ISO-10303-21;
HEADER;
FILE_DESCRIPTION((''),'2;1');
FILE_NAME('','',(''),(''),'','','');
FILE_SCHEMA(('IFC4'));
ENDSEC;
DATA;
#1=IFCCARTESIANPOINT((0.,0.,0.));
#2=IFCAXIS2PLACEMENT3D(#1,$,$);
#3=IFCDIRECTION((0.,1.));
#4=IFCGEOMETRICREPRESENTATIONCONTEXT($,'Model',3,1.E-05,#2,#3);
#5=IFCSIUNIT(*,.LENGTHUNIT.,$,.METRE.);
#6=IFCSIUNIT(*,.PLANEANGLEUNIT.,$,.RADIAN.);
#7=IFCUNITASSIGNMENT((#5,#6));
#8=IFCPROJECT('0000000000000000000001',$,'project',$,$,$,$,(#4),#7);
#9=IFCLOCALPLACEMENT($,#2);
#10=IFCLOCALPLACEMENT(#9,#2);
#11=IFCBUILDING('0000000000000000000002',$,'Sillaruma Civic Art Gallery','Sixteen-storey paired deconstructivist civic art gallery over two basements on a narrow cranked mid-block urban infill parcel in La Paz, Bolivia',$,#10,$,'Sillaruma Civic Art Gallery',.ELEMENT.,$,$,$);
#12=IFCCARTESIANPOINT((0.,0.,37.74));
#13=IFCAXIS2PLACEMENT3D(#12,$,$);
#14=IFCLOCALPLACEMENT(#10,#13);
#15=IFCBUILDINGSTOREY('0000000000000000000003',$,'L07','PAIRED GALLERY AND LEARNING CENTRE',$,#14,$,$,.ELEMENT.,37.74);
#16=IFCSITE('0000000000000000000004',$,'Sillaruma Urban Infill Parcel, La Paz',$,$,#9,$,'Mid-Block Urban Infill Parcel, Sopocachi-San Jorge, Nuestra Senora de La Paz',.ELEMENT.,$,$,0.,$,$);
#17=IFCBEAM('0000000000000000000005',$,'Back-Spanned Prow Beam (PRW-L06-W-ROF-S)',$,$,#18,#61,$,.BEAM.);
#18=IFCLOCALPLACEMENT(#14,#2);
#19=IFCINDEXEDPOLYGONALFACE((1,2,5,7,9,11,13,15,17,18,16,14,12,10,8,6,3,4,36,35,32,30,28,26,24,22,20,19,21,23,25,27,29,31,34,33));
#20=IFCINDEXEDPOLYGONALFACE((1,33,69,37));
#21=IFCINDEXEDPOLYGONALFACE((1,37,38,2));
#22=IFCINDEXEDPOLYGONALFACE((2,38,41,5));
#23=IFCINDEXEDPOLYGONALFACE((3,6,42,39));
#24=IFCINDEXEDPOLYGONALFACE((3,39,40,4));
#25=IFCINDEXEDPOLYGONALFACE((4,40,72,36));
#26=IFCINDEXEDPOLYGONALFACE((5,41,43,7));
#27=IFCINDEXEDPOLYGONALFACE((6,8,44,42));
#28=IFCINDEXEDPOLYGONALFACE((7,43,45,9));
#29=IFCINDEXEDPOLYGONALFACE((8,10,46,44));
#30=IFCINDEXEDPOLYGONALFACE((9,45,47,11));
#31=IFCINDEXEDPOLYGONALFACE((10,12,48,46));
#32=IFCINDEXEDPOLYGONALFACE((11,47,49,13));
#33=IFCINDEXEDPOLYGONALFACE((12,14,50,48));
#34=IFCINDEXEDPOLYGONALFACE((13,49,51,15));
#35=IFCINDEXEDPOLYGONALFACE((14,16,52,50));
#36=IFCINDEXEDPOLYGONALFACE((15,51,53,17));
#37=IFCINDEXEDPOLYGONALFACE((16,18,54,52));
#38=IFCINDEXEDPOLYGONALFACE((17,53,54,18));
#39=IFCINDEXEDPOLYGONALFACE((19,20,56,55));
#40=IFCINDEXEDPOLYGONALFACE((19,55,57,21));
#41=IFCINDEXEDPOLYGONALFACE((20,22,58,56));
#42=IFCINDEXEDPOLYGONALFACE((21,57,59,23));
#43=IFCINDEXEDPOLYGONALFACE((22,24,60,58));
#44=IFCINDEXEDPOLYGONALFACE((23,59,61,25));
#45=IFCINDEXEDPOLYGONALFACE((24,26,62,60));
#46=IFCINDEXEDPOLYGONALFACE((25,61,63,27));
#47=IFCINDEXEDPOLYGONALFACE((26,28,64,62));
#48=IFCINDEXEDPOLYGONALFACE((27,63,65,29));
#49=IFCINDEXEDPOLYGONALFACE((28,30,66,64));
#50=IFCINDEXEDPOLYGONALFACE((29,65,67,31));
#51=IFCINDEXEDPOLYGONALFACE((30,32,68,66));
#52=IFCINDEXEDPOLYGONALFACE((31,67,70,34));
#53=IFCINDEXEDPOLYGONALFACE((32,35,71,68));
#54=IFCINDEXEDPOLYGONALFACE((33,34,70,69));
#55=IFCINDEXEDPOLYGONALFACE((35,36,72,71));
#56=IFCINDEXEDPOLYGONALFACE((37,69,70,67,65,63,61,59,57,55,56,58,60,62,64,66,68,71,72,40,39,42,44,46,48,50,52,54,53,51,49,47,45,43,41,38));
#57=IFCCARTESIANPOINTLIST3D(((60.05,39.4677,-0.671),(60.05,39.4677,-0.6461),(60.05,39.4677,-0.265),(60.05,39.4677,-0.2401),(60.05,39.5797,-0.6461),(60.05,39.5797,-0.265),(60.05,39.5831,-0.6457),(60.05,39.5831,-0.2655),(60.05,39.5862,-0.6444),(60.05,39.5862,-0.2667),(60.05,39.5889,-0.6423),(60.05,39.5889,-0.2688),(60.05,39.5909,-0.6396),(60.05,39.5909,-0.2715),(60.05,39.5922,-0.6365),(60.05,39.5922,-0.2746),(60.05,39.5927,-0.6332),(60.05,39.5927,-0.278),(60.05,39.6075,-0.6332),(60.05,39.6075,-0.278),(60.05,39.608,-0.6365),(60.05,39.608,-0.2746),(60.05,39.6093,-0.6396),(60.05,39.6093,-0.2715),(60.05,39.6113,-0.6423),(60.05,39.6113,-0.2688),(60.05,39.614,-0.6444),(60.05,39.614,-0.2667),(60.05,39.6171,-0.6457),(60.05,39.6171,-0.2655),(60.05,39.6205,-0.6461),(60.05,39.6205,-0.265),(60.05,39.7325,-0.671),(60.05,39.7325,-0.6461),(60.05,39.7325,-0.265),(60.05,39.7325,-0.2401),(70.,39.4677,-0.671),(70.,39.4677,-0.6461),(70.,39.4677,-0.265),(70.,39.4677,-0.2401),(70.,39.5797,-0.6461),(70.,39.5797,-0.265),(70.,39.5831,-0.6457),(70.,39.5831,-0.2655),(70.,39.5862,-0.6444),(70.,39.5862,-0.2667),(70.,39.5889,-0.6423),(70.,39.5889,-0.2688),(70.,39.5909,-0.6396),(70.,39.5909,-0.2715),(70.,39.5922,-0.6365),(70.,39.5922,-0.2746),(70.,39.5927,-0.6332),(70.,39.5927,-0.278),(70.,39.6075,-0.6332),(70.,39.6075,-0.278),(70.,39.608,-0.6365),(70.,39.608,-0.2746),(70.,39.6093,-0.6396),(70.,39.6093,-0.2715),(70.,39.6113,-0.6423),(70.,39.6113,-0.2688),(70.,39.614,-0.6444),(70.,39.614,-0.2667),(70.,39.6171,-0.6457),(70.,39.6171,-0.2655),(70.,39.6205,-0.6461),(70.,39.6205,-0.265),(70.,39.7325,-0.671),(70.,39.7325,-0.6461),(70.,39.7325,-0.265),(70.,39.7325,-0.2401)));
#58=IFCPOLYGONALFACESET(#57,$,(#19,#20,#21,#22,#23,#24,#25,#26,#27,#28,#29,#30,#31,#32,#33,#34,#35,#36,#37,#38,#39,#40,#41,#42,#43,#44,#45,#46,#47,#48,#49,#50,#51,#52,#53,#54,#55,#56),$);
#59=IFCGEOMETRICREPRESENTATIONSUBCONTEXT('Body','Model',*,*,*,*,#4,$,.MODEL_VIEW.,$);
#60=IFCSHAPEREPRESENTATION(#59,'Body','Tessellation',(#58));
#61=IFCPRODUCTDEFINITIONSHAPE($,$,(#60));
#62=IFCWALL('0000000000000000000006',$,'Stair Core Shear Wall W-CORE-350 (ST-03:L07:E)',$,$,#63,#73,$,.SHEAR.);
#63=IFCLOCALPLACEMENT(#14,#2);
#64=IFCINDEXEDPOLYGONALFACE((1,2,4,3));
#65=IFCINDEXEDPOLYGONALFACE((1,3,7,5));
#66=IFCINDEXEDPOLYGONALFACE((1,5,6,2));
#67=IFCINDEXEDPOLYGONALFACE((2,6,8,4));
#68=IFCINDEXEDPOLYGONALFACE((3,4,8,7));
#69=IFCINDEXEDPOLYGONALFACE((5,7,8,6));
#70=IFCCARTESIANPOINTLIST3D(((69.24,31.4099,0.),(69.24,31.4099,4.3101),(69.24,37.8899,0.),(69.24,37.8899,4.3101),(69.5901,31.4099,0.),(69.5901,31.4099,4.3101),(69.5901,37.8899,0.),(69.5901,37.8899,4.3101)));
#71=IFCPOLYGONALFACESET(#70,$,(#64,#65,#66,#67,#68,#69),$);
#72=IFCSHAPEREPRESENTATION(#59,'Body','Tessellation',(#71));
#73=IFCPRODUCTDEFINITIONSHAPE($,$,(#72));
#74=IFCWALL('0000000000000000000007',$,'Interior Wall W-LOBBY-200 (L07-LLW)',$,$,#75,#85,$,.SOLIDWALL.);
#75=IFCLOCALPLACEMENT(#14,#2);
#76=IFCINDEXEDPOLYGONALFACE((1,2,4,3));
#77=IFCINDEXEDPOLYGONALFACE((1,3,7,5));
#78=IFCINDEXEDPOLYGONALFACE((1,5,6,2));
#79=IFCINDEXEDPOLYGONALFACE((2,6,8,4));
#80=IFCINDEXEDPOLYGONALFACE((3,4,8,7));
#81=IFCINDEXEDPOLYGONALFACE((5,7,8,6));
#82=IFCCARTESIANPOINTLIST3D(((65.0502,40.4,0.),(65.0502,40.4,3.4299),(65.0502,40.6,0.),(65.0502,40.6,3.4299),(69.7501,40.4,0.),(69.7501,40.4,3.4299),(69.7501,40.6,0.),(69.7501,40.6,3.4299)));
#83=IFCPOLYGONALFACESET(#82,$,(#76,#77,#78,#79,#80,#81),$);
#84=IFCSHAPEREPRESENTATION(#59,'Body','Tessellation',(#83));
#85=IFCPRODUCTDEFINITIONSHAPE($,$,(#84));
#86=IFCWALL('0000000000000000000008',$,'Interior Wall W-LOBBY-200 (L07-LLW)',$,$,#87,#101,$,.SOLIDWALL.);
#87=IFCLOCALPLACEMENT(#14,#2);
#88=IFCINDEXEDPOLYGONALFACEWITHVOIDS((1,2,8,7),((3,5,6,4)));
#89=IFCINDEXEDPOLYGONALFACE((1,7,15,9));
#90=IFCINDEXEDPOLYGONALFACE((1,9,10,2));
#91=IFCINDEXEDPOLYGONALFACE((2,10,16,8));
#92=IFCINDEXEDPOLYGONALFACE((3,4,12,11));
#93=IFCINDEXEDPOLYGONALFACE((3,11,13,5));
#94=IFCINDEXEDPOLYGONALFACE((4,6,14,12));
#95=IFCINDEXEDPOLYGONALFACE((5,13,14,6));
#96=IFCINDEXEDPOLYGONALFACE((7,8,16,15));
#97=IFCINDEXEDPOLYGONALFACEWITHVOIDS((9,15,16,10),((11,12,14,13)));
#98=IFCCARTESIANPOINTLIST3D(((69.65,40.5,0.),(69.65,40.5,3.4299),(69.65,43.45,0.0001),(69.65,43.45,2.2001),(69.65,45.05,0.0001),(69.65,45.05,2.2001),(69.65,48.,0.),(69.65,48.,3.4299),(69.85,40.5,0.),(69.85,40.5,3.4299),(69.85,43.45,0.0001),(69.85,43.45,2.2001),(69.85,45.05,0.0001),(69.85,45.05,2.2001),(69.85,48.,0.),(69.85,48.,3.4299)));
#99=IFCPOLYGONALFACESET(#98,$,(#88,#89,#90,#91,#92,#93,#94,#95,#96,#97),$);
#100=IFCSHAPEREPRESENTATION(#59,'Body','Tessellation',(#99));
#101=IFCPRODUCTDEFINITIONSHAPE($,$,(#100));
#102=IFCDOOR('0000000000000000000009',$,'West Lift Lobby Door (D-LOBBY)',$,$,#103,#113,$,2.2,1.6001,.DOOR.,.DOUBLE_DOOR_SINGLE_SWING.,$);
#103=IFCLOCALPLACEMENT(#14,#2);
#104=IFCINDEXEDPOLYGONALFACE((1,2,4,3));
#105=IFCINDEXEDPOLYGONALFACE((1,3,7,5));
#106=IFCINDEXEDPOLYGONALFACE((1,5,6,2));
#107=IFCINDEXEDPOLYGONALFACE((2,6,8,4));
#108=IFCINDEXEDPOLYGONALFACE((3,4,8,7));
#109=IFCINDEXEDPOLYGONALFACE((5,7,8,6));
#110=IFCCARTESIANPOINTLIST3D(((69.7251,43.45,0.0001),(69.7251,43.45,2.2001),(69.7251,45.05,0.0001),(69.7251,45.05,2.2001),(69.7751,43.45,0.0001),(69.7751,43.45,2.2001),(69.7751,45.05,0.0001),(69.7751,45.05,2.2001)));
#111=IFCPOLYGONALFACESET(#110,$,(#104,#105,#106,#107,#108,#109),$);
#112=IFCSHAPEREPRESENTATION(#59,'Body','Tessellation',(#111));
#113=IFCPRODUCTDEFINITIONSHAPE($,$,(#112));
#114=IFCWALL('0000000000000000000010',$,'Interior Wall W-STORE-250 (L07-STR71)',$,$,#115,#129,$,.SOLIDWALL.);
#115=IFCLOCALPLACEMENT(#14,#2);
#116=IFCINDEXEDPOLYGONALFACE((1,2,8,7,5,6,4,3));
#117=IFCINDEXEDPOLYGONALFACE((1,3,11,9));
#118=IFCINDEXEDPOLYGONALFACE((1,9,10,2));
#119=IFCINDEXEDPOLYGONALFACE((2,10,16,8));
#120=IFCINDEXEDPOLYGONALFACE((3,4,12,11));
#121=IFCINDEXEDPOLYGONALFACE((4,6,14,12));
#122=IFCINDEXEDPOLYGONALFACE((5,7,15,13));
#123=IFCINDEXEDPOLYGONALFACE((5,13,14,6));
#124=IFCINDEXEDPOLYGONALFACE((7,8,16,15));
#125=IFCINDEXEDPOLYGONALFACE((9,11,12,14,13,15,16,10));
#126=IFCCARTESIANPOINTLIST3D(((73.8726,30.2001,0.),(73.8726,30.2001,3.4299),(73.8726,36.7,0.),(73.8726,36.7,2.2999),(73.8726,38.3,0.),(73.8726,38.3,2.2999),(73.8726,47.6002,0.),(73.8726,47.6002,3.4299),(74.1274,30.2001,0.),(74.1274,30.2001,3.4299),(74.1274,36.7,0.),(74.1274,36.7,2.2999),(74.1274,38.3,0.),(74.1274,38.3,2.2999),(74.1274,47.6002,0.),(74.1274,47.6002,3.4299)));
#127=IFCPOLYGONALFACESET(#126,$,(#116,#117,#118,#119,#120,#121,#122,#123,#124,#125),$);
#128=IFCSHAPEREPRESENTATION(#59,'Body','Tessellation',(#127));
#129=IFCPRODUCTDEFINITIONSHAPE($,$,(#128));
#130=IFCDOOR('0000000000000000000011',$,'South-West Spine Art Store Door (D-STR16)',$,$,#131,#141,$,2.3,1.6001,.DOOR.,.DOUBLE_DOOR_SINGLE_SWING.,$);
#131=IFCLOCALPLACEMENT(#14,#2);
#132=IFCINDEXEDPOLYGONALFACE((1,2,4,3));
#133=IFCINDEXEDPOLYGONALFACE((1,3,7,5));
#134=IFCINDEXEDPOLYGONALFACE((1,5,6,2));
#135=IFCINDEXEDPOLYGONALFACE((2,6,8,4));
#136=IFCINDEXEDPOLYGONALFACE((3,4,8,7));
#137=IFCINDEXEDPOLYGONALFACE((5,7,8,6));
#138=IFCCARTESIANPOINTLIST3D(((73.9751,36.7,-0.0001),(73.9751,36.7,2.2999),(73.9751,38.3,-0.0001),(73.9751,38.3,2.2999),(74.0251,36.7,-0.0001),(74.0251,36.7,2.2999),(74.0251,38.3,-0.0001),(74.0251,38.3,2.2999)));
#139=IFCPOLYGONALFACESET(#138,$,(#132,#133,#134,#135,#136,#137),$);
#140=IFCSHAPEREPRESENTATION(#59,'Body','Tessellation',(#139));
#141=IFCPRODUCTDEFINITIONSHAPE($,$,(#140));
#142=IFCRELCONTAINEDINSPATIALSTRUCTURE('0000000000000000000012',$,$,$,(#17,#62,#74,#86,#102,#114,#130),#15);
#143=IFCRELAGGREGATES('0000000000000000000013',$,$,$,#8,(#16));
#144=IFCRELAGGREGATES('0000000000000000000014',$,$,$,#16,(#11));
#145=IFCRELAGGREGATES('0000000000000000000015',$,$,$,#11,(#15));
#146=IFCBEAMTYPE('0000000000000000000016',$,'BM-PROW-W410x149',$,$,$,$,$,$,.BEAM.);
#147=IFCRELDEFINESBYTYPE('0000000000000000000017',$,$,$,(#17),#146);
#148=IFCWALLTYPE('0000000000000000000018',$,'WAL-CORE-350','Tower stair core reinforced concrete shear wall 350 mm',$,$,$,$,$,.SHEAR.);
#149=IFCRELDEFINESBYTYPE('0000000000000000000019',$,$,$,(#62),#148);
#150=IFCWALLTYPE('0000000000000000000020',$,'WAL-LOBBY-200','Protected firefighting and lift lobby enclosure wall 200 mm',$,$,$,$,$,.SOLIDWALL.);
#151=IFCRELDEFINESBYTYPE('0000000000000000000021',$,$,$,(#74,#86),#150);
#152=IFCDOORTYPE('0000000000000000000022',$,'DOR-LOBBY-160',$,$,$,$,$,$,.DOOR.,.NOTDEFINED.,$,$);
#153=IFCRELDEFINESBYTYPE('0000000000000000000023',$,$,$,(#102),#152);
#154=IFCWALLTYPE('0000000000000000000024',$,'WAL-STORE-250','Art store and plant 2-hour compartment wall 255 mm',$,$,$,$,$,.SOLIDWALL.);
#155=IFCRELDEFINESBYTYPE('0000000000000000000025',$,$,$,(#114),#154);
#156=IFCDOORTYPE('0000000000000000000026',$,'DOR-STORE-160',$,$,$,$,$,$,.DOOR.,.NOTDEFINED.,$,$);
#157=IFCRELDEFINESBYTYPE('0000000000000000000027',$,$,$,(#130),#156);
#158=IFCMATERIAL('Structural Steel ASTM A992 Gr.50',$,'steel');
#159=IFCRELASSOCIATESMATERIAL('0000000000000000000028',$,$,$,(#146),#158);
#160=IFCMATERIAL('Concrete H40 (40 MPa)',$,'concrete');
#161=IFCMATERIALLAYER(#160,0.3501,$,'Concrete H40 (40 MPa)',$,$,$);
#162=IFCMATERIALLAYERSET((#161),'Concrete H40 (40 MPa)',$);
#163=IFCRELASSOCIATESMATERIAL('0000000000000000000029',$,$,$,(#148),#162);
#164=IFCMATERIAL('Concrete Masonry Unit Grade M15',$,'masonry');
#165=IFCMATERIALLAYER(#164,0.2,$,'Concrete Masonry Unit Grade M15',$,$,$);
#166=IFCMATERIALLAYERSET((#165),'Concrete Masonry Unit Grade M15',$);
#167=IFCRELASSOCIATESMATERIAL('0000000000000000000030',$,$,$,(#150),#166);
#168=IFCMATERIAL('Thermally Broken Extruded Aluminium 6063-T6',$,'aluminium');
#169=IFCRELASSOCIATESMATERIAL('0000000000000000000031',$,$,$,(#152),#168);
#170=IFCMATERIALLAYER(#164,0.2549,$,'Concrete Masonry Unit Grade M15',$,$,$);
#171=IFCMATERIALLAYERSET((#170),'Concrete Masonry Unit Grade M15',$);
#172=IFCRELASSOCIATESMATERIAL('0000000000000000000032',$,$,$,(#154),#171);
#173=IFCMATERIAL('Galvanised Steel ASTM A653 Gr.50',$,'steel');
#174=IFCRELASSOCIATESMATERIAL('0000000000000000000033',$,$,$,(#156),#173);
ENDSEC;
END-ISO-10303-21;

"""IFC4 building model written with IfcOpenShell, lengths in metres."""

from ifc_helpers import new_model, si_unit, direction, frame, frame_2d, origin, origin_2d, place, context, subcontext, project, spatial, rectangle, i_section, extrude, material, layer, layer_set, material_profile, profile_set, type_object, element, fill, save


model = new_model("IFC4")

# Units and contexts
model_context = context("Model", 3, precision=1e-05, world=origin(), true_north=direction((0.0, 1.0)))
body_context = subcontext(model_context, "Body", "Model", "MODEL_VIEW")
ifc_project = project(units=[si_unit("LENGTHUNIT", "METRE"), si_unit("PLANEANGLEUNIT", "RADIAN")], contexts=[model_context])

# Site, building, storey
site_placement = place(None, origin())
site = spatial("IfcSite", under=ifc_project, at=site_placement, Name="Sillaruma Urban Infill Parcel, La Paz", LongName="Mid-Block Urban Infill Parcel, Sopocachi-San Jorge, Nuestra Senora de La Paz", CompositionType="ELEMENT", RefElevation=0.0)
building_placement = place(site_placement, origin())
building = spatial("IfcBuilding", under=site, at=building_placement, Name="Sillaruma Civic Art Gallery", Description="Sixteen-storey paired deconstructivist civic art gallery over two basements on a narrow cranked mid-block urban infill parcel in La Paz, Bolivia", LongName="Sillaruma Civic Art Gallery", CompositionType="ELEMENT")
storey_placement = place(building_placement, frame((0.0, 0.0, 37.74)))
storey = spatial("IfcBuildingStorey", under=building, at=storey_placement, Name="L07", Description="PAIRED GALLERY AND LEARNING CENTRE", CompositionType="ELEMENT", Elevation=37.74)

# Shared definitions
ifc_material_1 = material(Name="Concrete H40 (40 MPa)", Category="concrete")

# Beam
ifc_material_2 = material(Name="Structural Steel ASTM A992 Gr.50", Category="steel")
ifc_material_profile_1 = material_profile(ifc_material_2, i_section(OverallWidth=0.2649, OverallDepth=0.4309, WebThickness=0.0149, FlangeThickness=0.0249, FilletRadius=0.0129, at=origin_2d()), Name="W410x149")
ifc_profile_set_1 = profile_set([ifc_material_profile_1], Name="Structural Steel ASTM A992 Gr.50")
beam_type_1 = type_object("IfcBeamType", Name="BM-PROW-W410x149", PredefinedType="BEAM", material=ifc_profile_set_1)
beam_1_placement = place(storey_placement, frame((70.0, 39.6001, -0.4556), z_axis=(-1.0, 0.0, 0.0), x_axis=(0.0, -1.0, 0.0)))
element("IfcBeam", 1, at=beam_1_placement, inside=storey, type_object=beam_type_1, Name="Back-Spanned Prow Beam (PRW-L06-W-ROF-S)", PredefinedType="BEAM", context=body_context, shape_type="SweptSolid", body=[
    extrude(i_section(OverallWidth=0.2649, OverallDepth=0.4309, WebThickness=0.0149, FlangeThickness=0.0249, FilletRadius=0.0129, at=origin_2d()), origin(), (0.0, 0.0, 1.0), 9.95),
])

# Walls
ifc_layer_1 = layer(ifc_material_1, 0.3501, Name="Concrete H40 (40 MPa)")
ifc_layer_set_1 = layer_set([ifc_layer_1], Name="Concrete H40 (40 MPa)")
wall_type_1 = type_object("IfcWallType", Name="WAL-CORE-350", Description="Tower stair core reinforced concrete shear wall 350 mm", PredefinedType="SHEAR", material=ifc_layer_set_1)
wall_1_placement = place(storey_placement, frame((69.415, 31.4099, 0.0), z_axis=(0.0, 0.0, 1.0), x_axis=(0.0, 1.0, 0.0)))
element("IfcWall", 2, at=wall_1_placement, inside=storey, type_object=wall_type_1, Name="Stair Core Shear Wall W-CORE-350 (ST-03:L07:E)", PredefinedType="SHEAR", context=body_context, shape_type="SweptSolid", body=[
    extrude(rectangle(XDim=6.48, YDim=0.3501, at=frame_2d((3.24, 0.0))), origin(), (0.0, 0.0, 1.0), 4.3101),
])
ifc_material_3 = material(Name="Concrete Masonry Unit Grade M15", Category="masonry")
ifc_layer_2 = layer(ifc_material_3, 0.2, Name="Concrete Masonry Unit Grade M15")
ifc_layer_set_2 = layer_set([ifc_layer_2], Name="Concrete Masonry Unit Grade M15")
wall_type_2 = type_object("IfcWallType", Name="WAL-LOBBY-200", Description="Protected firefighting and lift lobby enclosure wall 200 mm", PredefinedType="SOLIDWALL", material=ifc_layer_set_2)
wall_2_placement = place(storey_placement, frame((65.05, 40.5, 0.0), z_axis=(0.0, 0.0, 1.0), x_axis=(1.0, 0.0, 0.0)))
element("IfcWall", 3, at=wall_2_placement, inside=storey, type_object=wall_type_2, Name="Interior Wall W-LOBBY-200 (L07-LLW)", PredefinedType="SOLIDWALL", context=body_context, shape_type="SweptSolid", body=[
    extrude(rectangle(XDim=4.7, YDim=0.2, at=frame_2d((2.3501, 0.0))), origin(), (0.0, 0.0, 1.0), 3.4299),
])

# Walls, openings, doors
wall_3_placement = place(storey_placement, frame((69.75, 40.5, 0.0), z_axis=(0.0, 0.0, 1.0), x_axis=(0.0, 1.0, 0.0)))
wall_3 = element("IfcWall", 4, at=wall_3_placement, inside=storey, type_object=wall_type_2, Name="Interior Wall W-LOBBY-200 (L07-LLW)", PredefinedType="SOLIDWALL", context=body_context, shape_type="SweptSolid", body=[
    extrude(rectangle(XDim=7.5, YDim=0.2, at=frame_2d((3.75, 0.0))), origin(), (0.0, 0.0, 1.0), 3.4299),
])
opening_1_placement = place(wall_3_placement, frame((2.95, 0.0, 0.0)))
opening_1 = element("IfcOpeningElement", 5, at=opening_1_placement, cuts=wall_3, PredefinedType="OPENING", context=body_context, shape_type="SweptSolid", body=[
    extrude(rectangle(XDim=1.6001, YDim=2.2, at=frame_2d((0.8, 1.1001))), frame((0.0, 0.1099, 0.0), z_axis=(0.0, -1.0, 0.0), x_axis=(1.0, 0.0, 0.0)), (0.0, 0.0, 1.0), 0.22),
])
ifc_material_4 = material(Name="Thermally Broken Extruded Aluminium 6063-T6", Category="aluminium")
door_type_1 = type_object("IfcDoorType", Name="DOR-LOBBY-160", OperationType="NOTDEFINED", PredefinedType="DOOR", material=ifc_material_4)
door_1_placement = place(opening_1_placement, origin())
door_1 = element("IfcDoor", 6, at=door_1_placement, inside=storey, type_object=door_type_1, Name="West Lift Lobby Door (D-LOBBY)", OperationType="DOUBLE_DOOR_SINGLE_SWING", OverallHeight=2.2, OverallWidth=1.6001, PredefinedType="DOOR", context=body_context, shape_type="SweptSolid", body=[
    extrude(rectangle(XDim=1.6001, YDim=2.2, at=frame_2d((0.8, 1.1001))), frame((0.0, 0.0249, 0.0), z_axis=(0.0, -1.0, 0.0), x_axis=(1.0, 0.0, 0.0)), (0.0, 0.0, 1.0), 0.05),
])
fill(opening_1, door_1)
ifc_layer_3 = layer(ifc_material_3, 0.2549, Name="Concrete Masonry Unit Grade M15")
ifc_layer_set_3 = layer_set([ifc_layer_3], Name="Concrete Masonry Unit Grade M15")
wall_type_3 = type_object("IfcWallType", Name="WAL-STORE-250", Description="Art store and plant 2-hour compartment wall 255 mm", PredefinedType="SOLIDWALL", material=ifc_layer_set_3)
wall_4_placement = place(storey_placement, frame((74.0, 30.2, 0.0), z_axis=(0.0, 0.0, 1.0), x_axis=(0.0, 1.0, 0.0)))
wall_4 = element("IfcWall", 7, at=wall_4_placement, inside=storey, type_object=wall_type_3, Name="Interior Wall W-STORE-250 (L07-STR71)", PredefinedType="SOLIDWALL", context=body_context, shape_type="SweptSolid", body=[
    extrude(rectangle(XDim=17.4001, YDim=0.2549, at=frame_2d((8.7002, 0.0))), origin(), (0.0, 0.0, 1.0), 3.4299),
])
opening_2_placement = place(wall_4_placement, frame((6.5, 0.0, 0.0)))
opening_2 = element("IfcOpeningElement", 8, at=opening_2_placement, cuts=wall_4, PredefinedType="OPENING", context=body_context, shape_type="SweptSolid", body=[
    extrude(rectangle(XDim=1.6001, YDim=2.3, at=frame_2d((0.8, 1.1499))), frame((0.0, 0.1375, 0.0), z_axis=(0.0, -1.0, 0.0), x_axis=(1.0, 0.0, 0.0)), (0.0, 0.0, 1.0), 0.2749),
])
ifc_material_5 = material(Name="Galvanised Steel ASTM A653 Gr.50", Category="steel")
door_type_2 = type_object("IfcDoorType", Name="DOR-STORE-160", OperationType="NOTDEFINED", PredefinedType="DOOR", material=ifc_material_5)
door_2_placement = place(opening_2_placement, origin())
door_2 = element("IfcDoor", 9, at=door_2_placement, inside=storey, type_object=door_type_2, Name="South-West Spine Art Store Door (D-STR16)", OperationType="DOUBLE_DOOR_SINGLE_SWING", OverallHeight=2.3, OverallWidth=1.6001, PredefinedType="DOOR", context=body_context, shape_type="SweptSolid", body=[
    extrude(rectangle(XDim=1.6001, YDim=2.3, at=frame_2d((0.8, 1.1499))), frame((0.0, 0.0249, 0.0), z_axis=(0.0, -1.0, 0.0), x_axis=(1.0, 0.0, 0.0)), (0.0, 0.0, 1.0), 0.05),
])
fill(opening_2, door_2)

save(model, "model.ifc")
